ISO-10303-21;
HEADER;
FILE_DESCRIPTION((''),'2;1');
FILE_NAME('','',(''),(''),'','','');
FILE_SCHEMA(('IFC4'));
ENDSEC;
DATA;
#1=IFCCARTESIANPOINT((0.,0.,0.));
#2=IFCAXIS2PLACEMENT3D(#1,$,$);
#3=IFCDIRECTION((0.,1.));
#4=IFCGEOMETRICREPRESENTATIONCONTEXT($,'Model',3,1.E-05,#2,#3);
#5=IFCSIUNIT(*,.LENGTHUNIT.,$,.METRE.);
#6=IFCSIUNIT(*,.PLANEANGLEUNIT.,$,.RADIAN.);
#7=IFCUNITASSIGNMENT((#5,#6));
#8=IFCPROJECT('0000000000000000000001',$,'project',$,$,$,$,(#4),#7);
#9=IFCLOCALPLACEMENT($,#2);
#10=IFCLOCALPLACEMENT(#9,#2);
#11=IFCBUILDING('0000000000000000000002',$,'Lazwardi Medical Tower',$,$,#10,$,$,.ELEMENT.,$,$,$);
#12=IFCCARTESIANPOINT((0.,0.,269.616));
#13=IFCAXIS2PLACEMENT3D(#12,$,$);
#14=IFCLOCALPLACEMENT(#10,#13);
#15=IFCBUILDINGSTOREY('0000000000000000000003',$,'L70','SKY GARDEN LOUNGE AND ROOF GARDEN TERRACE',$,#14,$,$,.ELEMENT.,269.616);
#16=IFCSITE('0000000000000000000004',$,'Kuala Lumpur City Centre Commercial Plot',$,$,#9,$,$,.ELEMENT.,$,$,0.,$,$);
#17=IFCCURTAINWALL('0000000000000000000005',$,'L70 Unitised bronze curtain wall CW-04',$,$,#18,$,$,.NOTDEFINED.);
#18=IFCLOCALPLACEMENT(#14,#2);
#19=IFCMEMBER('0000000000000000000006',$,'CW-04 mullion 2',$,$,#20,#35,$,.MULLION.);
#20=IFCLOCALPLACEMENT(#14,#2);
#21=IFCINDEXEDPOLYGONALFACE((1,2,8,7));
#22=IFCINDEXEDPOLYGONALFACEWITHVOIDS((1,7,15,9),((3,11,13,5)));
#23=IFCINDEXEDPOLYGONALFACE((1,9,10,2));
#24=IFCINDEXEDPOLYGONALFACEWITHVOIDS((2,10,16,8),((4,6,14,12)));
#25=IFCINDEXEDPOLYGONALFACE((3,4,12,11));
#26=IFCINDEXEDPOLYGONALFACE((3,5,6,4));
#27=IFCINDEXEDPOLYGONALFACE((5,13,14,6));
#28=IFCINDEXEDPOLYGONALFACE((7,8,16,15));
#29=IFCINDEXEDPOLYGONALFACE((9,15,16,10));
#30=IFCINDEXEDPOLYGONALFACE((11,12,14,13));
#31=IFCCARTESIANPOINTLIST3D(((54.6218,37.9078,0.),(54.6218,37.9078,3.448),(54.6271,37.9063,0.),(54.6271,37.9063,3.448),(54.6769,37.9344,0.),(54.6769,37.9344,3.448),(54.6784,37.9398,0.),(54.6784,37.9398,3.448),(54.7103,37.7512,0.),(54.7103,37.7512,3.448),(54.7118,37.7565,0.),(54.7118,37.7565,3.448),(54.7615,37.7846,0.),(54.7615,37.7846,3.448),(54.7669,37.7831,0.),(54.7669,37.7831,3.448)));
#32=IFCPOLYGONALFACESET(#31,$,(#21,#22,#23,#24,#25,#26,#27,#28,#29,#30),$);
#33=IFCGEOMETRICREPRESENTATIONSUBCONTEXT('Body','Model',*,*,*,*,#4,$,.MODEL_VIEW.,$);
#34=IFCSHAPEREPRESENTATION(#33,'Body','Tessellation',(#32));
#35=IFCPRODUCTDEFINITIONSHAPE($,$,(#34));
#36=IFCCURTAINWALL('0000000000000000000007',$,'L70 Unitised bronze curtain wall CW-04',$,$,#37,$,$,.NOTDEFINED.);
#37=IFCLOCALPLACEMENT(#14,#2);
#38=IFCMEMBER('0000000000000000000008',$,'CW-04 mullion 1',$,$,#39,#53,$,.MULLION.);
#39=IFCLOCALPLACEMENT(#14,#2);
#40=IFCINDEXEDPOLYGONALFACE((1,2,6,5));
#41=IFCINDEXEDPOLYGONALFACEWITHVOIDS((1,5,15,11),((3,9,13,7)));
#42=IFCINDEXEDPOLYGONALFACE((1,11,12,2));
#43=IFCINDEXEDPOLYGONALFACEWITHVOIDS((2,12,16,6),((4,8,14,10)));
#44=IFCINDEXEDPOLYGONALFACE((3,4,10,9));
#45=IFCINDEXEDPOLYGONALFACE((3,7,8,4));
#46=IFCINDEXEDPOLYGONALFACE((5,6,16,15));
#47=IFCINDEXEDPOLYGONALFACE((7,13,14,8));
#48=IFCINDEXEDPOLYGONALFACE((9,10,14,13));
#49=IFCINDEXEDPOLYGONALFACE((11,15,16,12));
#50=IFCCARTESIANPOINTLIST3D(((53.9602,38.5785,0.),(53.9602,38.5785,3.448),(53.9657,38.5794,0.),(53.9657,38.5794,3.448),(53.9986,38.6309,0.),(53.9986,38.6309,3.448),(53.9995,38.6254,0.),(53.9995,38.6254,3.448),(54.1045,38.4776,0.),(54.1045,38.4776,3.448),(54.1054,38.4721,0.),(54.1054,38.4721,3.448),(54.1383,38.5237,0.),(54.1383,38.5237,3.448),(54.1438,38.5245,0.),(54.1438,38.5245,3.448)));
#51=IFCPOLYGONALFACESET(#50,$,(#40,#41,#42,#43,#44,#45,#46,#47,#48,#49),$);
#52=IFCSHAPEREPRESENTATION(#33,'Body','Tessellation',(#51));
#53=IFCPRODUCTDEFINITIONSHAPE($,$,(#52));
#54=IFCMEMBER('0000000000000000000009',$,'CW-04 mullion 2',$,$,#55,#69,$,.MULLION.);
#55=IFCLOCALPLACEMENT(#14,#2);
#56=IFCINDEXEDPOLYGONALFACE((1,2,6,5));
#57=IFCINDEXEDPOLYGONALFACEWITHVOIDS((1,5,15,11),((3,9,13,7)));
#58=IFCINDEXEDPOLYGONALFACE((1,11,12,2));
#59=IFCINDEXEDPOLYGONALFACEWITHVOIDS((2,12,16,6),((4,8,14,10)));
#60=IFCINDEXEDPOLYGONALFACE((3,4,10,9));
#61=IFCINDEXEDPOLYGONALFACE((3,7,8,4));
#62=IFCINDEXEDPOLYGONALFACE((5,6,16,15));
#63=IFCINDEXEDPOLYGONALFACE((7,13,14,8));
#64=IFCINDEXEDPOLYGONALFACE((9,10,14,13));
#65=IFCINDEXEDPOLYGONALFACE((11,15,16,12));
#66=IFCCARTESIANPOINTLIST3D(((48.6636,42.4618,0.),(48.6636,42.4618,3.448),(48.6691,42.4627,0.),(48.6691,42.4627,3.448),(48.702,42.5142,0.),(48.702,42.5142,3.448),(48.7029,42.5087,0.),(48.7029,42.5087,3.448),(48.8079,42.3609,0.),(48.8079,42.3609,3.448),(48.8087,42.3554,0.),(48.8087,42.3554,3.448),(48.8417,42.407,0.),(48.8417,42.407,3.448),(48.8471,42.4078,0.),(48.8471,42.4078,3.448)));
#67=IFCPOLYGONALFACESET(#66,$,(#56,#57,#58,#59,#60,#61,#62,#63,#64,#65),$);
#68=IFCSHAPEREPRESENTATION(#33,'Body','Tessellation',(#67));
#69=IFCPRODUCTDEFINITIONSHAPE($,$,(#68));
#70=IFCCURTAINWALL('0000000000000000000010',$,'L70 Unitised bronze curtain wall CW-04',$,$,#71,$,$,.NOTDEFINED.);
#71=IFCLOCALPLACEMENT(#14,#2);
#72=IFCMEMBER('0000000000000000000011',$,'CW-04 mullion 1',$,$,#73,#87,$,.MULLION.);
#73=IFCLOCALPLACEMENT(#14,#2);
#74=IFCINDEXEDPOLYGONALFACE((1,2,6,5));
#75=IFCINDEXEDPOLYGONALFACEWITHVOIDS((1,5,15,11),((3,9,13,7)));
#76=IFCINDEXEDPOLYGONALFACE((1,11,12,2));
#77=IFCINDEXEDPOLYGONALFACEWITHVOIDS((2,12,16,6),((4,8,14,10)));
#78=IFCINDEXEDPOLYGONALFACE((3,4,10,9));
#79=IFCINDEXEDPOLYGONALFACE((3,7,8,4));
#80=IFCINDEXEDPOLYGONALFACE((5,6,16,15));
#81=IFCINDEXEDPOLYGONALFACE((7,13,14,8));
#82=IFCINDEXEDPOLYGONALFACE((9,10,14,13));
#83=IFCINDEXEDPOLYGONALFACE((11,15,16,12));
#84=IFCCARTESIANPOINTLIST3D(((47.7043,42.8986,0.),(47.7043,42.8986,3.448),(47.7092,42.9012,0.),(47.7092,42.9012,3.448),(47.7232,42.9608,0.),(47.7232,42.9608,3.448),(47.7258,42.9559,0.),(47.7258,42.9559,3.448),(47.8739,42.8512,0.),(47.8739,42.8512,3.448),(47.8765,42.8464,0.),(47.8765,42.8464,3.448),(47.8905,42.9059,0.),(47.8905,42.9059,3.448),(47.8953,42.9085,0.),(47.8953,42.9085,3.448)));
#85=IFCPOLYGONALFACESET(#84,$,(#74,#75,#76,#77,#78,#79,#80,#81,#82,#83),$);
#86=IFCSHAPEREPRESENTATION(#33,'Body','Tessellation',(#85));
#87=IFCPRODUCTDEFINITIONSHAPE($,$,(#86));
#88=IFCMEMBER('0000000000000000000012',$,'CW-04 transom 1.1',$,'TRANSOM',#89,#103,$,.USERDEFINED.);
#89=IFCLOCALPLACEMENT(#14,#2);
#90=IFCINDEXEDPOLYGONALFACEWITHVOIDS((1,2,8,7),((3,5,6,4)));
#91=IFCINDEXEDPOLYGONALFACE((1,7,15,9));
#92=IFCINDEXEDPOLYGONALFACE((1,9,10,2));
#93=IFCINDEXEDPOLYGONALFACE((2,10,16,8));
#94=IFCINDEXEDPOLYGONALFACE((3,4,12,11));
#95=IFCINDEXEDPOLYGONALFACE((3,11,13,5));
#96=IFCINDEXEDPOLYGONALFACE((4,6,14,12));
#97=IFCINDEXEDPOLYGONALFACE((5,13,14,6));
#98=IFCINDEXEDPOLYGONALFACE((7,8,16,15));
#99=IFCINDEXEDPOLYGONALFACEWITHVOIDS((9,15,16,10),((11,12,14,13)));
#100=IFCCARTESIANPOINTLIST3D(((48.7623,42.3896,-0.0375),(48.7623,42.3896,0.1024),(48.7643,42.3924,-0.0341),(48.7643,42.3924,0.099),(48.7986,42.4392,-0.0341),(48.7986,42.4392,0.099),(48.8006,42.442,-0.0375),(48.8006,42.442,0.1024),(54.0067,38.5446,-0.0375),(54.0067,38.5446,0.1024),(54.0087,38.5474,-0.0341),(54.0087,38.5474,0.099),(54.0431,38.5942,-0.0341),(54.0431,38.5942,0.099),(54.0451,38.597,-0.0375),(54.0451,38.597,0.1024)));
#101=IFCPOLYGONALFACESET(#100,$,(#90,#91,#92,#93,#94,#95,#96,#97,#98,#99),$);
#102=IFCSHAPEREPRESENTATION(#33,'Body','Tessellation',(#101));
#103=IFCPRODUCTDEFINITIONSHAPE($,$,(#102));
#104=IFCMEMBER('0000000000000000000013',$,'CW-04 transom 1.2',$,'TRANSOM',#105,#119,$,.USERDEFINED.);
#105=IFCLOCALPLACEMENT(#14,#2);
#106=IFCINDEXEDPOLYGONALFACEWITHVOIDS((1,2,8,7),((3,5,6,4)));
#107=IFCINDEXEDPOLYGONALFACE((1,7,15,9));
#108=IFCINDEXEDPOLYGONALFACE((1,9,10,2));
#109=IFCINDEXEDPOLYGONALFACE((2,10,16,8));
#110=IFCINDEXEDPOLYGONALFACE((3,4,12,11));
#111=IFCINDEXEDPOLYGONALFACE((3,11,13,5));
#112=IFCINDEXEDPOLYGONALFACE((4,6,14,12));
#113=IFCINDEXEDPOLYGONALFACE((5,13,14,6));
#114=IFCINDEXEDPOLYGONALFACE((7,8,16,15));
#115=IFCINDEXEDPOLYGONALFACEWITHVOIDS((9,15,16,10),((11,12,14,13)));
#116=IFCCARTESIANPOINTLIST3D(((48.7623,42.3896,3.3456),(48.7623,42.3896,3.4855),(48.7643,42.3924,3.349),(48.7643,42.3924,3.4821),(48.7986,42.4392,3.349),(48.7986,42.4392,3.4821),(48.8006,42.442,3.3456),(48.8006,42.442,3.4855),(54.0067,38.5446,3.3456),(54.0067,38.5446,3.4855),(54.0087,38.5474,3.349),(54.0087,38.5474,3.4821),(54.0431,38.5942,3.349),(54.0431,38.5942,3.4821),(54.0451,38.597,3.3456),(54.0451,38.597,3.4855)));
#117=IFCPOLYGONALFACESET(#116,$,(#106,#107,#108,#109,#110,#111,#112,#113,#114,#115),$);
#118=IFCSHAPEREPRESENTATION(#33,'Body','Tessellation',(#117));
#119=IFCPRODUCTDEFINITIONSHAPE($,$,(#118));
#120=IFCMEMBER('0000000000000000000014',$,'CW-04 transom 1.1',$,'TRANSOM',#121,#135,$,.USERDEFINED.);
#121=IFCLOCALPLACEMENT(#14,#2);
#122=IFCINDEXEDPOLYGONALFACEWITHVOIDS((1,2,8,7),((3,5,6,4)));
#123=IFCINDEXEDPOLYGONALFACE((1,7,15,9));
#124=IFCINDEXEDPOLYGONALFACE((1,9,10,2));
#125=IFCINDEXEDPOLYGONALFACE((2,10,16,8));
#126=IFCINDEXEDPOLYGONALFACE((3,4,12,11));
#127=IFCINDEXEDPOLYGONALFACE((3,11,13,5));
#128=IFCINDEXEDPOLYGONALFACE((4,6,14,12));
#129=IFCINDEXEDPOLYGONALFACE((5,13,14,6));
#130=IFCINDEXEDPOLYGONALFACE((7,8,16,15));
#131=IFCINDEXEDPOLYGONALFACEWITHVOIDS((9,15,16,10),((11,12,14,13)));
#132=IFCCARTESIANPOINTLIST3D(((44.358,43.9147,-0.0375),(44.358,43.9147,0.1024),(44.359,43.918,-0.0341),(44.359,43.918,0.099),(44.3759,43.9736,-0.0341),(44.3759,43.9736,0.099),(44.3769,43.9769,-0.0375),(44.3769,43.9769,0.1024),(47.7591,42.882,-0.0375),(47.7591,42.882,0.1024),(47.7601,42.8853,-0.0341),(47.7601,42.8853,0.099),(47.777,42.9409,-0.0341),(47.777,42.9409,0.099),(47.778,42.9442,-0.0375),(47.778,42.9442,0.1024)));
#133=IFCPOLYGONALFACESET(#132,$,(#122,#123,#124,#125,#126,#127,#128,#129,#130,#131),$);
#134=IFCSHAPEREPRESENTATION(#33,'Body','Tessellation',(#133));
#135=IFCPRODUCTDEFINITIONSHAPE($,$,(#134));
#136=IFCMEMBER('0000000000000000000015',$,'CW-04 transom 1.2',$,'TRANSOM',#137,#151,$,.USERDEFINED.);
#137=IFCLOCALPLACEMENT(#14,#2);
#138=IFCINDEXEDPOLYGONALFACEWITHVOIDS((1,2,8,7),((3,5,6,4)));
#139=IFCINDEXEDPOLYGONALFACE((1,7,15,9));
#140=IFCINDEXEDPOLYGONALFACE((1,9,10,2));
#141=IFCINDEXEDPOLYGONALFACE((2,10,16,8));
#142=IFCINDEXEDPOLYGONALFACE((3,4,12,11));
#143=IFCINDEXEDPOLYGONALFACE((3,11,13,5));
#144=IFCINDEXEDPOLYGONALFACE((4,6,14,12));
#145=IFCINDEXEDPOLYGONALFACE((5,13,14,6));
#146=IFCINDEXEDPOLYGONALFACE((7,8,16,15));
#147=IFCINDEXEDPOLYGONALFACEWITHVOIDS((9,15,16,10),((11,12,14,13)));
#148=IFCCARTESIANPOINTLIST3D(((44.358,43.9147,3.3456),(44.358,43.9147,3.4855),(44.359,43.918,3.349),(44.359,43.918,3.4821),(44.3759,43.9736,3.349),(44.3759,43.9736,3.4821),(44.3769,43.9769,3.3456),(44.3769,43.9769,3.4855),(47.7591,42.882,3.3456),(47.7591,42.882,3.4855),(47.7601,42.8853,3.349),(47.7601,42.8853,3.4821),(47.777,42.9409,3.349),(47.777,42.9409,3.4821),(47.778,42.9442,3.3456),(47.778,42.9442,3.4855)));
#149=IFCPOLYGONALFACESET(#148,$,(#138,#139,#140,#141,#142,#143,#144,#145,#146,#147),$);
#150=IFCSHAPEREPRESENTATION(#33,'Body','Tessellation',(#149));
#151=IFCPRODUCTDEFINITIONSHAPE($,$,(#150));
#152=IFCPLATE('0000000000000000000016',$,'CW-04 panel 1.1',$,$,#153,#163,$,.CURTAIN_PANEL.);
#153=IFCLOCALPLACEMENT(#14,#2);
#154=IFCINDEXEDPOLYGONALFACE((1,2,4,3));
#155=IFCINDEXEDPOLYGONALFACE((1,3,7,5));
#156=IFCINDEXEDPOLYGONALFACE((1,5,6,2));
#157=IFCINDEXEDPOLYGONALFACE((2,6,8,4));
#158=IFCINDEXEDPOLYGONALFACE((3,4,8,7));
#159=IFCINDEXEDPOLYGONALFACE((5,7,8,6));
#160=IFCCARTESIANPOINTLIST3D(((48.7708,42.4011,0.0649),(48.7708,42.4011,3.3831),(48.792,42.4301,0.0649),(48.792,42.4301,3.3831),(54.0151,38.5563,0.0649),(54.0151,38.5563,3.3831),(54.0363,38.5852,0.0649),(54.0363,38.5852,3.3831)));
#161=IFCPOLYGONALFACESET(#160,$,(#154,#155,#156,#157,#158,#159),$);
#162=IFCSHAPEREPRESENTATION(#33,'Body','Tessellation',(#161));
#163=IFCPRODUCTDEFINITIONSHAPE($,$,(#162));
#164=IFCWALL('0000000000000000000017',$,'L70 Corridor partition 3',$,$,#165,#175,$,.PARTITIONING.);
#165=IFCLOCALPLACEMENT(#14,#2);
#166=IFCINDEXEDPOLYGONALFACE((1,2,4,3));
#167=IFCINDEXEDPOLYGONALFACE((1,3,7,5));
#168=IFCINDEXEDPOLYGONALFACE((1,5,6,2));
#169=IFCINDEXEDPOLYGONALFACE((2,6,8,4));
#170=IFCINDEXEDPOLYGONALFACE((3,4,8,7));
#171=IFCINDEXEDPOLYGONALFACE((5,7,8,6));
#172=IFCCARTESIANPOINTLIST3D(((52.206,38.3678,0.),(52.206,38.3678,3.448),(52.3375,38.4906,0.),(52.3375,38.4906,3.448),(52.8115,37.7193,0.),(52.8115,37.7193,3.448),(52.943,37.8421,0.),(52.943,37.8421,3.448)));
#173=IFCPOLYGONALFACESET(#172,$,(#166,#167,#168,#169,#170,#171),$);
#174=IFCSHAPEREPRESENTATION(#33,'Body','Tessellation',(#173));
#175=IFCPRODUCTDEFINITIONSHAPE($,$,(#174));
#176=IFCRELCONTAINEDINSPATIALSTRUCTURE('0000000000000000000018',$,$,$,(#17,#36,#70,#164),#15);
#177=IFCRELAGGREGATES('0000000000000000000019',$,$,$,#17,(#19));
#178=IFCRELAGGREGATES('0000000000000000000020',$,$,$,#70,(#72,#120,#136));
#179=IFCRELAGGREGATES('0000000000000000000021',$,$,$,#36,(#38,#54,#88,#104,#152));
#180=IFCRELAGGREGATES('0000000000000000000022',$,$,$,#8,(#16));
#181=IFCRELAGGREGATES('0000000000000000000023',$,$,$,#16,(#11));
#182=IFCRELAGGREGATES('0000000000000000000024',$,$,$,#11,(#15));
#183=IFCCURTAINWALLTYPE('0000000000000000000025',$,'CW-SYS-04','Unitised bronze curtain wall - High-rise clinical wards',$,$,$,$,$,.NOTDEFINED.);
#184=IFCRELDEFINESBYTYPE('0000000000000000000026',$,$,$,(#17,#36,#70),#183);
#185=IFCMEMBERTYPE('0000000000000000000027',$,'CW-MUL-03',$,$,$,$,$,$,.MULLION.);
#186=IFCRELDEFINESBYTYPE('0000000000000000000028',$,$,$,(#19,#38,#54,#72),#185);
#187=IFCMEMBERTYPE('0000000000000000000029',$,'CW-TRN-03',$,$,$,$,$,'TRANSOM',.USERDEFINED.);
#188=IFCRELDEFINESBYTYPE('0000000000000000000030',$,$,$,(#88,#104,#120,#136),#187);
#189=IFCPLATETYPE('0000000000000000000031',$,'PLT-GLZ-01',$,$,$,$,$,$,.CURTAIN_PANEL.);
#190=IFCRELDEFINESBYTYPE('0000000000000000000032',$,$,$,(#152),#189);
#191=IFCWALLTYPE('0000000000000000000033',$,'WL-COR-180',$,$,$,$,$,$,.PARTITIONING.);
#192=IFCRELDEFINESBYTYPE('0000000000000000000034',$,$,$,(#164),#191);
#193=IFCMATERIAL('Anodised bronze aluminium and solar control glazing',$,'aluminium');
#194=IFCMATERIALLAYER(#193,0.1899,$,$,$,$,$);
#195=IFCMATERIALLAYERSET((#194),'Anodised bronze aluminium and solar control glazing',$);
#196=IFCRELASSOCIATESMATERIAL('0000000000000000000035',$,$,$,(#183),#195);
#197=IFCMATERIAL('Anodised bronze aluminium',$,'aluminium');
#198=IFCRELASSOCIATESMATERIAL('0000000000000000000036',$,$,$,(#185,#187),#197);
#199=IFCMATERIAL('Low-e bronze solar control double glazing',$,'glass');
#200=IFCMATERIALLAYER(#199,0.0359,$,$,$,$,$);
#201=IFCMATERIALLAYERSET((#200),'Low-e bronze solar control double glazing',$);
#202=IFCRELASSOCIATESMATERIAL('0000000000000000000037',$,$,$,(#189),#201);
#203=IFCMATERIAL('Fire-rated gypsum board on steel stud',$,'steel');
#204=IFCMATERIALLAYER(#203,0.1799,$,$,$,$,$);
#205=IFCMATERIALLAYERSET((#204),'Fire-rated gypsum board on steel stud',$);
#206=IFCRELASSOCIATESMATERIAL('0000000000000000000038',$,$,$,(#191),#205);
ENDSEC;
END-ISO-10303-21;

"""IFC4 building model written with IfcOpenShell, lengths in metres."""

from ifc_helpers import new_model, si_unit, direction, frame, frame_2d, origin, origin_2d, place, context, subcontext, project, spatial, rectangle, hollow_rectangle, extrude, material, layer, layer_set, material_profile, profile_set, type_object, element, aggregate, save


model = new_model("IFC4")

# Units and contexts
model_context = context("Model", 3, precision=1e-05, world=origin(), true_north=direction((0.0, 1.0)))
body_context = subcontext(model_context, "Body", "Model", "MODEL_VIEW")
ifc_project = project(units=[si_unit("LENGTHUNIT", "METRE"), si_unit("PLANEANGLEUNIT", "RADIAN")], contexts=[model_context])

# Site, building, storey
site_placement = place(None, origin())
site = spatial("IfcSite", under=ifc_project, at=site_placement, Name="Kuala Lumpur City Centre Commercial Plot", CompositionType="ELEMENT", RefElevation=0.0)
building_placement = place(site_placement, origin())
building = spatial("IfcBuilding", under=site, at=building_placement, Name="Lazwardi Medical Tower", CompositionType="ELEMENT")
storey_placement = place(building_placement, frame((0.0, 0.0, 269.616)))
storey = spatial("IfcBuildingStorey", under=building, at=storey_placement, Name="L70", Description="SKY GARDEN LOUNGE AND ROOF GARDEN TERRACE", CompositionType="ELEMENT", Elevation=269.616)

# Curtain wall, member
ifc_material_1 = material(Name="Anodised bronze aluminium and solar control glazing", Category="aluminium")
ifc_layer_1 = layer(ifc_material_1, 0.1899)
ifc_layer_set_1 = layer_set([ifc_layer_1], Name="Anodised bronze aluminium and solar control glazing")
curtain_wall_type = type_object("IfcCurtainWallType", Name="CW-SYS-04", Description="Unitised bronze curtain wall - High-rise clinical wards", PredefinedType="NOTDEFINED", material=ifc_layer_set_1)
curtain_wall_1_placement = place(storey_placement, origin())
curtain_wall_1 = element("IfcCurtainWall", 1, at=curtain_wall_1_placement, inside=storey, type_object=curtain_wall_type, Name="L70 Unitised bronze curtain wall CW-04", PredefinedType="NOTDEFINED")
ifc_material_2 = material(Name="Anodised bronze aluminium", Category="aluminium")
ifc_material_profile_1 = material_profile(ifc_material_2, hollow_rectangle(XDim=0.0649, YDim=0.1799, WallThickness=0.0039, at=origin_2d()), Name="ALU-MULLION 180x65x4")
ifc_profile_set_1 = profile_set([ifc_material_profile_1], Name="Anodised bronze aluminium")
member_type_1 = type_object("IfcMemberType", Name="CW-MUL-03", PredefinedType="MULLION", material=ifc_profile_set_1)
member_1_placement = place(storey_placement, frame((54.6943, 37.8455, 0.0), z_axis=(0.0, 0.0, 1.0), x_axis=(-0.870651, -0.4919, 0.0)))
member_1 = element("IfcMember", 2, at=member_1_placement, type_object=member_type_1, Name="CW-04 mullion 2", PredefinedType="MULLION", context=body_context, shape_type="SweptSolid", body=[
    extrude(hollow_rectangle(XDim=0.0649, YDim=0.1799, WallThickness=0.0039, at=origin_2d()), origin(), (0.0, 0.0, 1.0), 3.448),
])
aggregate(curtain_wall_1, [member_1])

# Curtain wall, members
curtain_wall_2_placement = place(storey_placement, origin())
curtain_wall_2 = element("IfcCurtainWall", 3, at=curtain_wall_2_placement, inside=storey, type_object=curtain_wall_type, Name="L70 Unitised bronze curtain wall CW-04", PredefinedType="NOTDEFINED")
member_2_placement = place(storey_placement, frame((54.052, 38.5515, 0.0), z_axis=(0.0, 0.0, 1.0), x_axis=(-0.591268, -0.806475, 0.0)))
member_2 = element("IfcMember", 4, at=member_2_placement, type_object=member_type_1, Name="CW-04 mullion 1", PredefinedType="MULLION", context=body_context, shape_type="SweptSolid", body=[
    extrude(hollow_rectangle(XDim=0.0649, YDim=0.1799, WallThickness=0.0039, at=origin_2d()), origin(), (0.0, 0.0, 1.0), 3.448),
])
member_3_placement = place(storey_placement, frame((48.7554, 42.4348, 0.0), z_axis=(0.0, 0.0, 1.0), x_axis=(-0.591268, -0.806475, 0.0)))
member_3 = element("IfcMember", 5, at=member_3_placement, type_object=member_type_1, Name="CW-04 mullion 2", PredefinedType="MULLION", context=body_context, shape_type="SweptSolid", body=[
    extrude(hollow_rectangle(XDim=0.0649, YDim=0.1799, WallThickness=0.0039, at=origin_2d()), origin(), (0.0, 0.0, 1.0), 3.448),
])

# Curtain wall, member
curtain_wall_3_placement = place(storey_placement, origin())
curtain_wall_3 = element("IfcCurtainWall", 6, at=curtain_wall_3_placement, inside=storey, type_object=curtain_wall_type, Name="L70 Unitised bronze curtain wall CW-04", PredefinedType="NOTDEFINED")
member_4_placement = place(storey_placement, frame((47.7998, 42.9036, 0.0), z_axis=(0.0, 0.0, 1.0), x_axis=(-0.290582, -0.95685, 0.0)))
member_4 = element("IfcMember", 7, at=member_4_placement, type_object=member_type_1, Name="CW-04 mullion 1", PredefinedType="MULLION", context=body_context, shape_type="SweptSolid", body=[
    extrude(hollow_rectangle(XDim=0.0649, YDim=0.1799, WallThickness=0.0039, at=origin_2d()), origin(), (0.0, 0.0, 1.0), 3.448),
])

# Members
ifc_material_profile_2 = material_profile(ifc_material_2, hollow_rectangle(XDim=0.0649, YDim=0.1399, WallThickness=0.0034, at=origin_2d()), Name="ALU-TRANSOM 140x65x3.5")
ifc_profile_set_2 = profile_set([ifc_material_profile_2], Name="Anodised bronze aluminium")
member_type_2 = type_object("IfcMemberType", Name="CW-TRN-03", ElementType="TRANSOM", PredefinedType="USERDEFINED", material=ifc_profile_set_2)
member_5_placement = place(storey_placement, frame((54.0259, 38.5708, 0.0325), z_axis=(-0.806472, 0.591273, 0.0), x_axis=(-0.591273, -0.806472, 0.0)))
member_5 = element("IfcMember", 8, at=member_5_placement, type_object=member_type_2, Name="CW-04 transom 1.1", ObjectType="TRANSOM", PredefinedType="USERDEFINED", context=body_context, shape_type="SweptSolid", body=[
    extrude(hollow_rectangle(XDim=0.0649, YDim=0.1399, WallThickness=0.0034, at=origin_2d()), origin(), (0.0, 0.0, 1.0), 6.5029),
])
member_6_placement = place(storey_placement, frame((54.0259, 38.5708, 3.4155), z_axis=(-0.806472, 0.591273, 0.0), x_axis=(-0.591273, -0.806472, 0.0)))
member_6 = element("IfcMember", 9, at=member_6_placement, type_object=member_type_2, Name="CW-04 transom 1.2", ObjectType="TRANSOM", PredefinedType="USERDEFINED", context=body_context, shape_type="SweptSolid", body=[
    extrude(hollow_rectangle(XDim=0.0649, YDim=0.1399, WallThickness=0.0034, at=origin_2d()), origin(), (0.0, 0.0, 1.0), 6.5029),
])
member_7_placement = place(storey_placement, frame((47.7686, 42.9131, 0.0325), z_axis=(-0.956863, 0.290541, 0.0), x_axis=(-0.290541, -0.956863, 0.0)))
member_7 = element("IfcMember", 10, at=member_7_placement, type_object=member_type_2, Name="CW-04 transom 1.1", ObjectType="TRANSOM", PredefinedType="USERDEFINED", context=body_context, shape_type="SweptSolid", body=[
    extrude(hollow_rectangle(XDim=0.0649, YDim=0.1399, WallThickness=0.0034, at=origin_2d()), origin(), (0.0, 0.0, 1.0), 3.5544),
])
member_8_placement = place(storey_placement, frame((47.7686, 42.9131, 3.4155), z_axis=(-0.956863, 0.290541, 0.0), x_axis=(-0.290541, -0.956863, 0.0)))
member_8 = element("IfcMember", 11, at=member_8_placement, type_object=member_type_2, Name="CW-04 transom 1.2", ObjectType="TRANSOM", PredefinedType="USERDEFINED", context=body_context, shape_type="SweptSolid", body=[
    extrude(hollow_rectangle(XDim=0.0649, YDim=0.1399, WallThickness=0.0034, at=origin_2d()), origin(), (0.0, 0.0, 1.0), 3.5544),
])
aggregate(curtain_wall_3, [member_4, member_7, member_8])

# Plate
ifc_material_3 = material(Name="Low-e bronze solar control double glazing", Category="glass")
ifc_layer_2 = layer(ifc_material_3, 0.0359)
ifc_layer_set_2 = layer_set([ifc_layer_2], Name="Low-e bronze solar control double glazing")
plate_type = type_object("IfcPlateType", Name="PLT-GLZ-01", PredefinedType="CURTAIN_PANEL", material=ifc_layer_set_2)
plate_placement = place(storey_placement, frame((51.4036, 40.4932, 0.0649), z_axis=(0.0, 0.0, 1.0), x_axis=(-0.806475, 0.591268, 0.0)))
plate = element("IfcPlate", 12, at=plate_placement, type_object=plate_type, Name="CW-04 panel 1.1", PredefinedType="CURTAIN_PANEL", context=body_context, shape_type="SweptSolid", body=[
    extrude(rectangle(XDim=6.5027, YDim=0.0359, at=origin_2d()), origin(), (0.0, 0.0, 1.0), 3.3181),
])
aggregate(curtain_wall_2, [member_2, member_3, member_5, member_6, plate])

# Wall
ifc_material_4 = material(Name="Fire-rated gypsum board on steel stud", Category="steel")
ifc_layer_3 = layer(ifc_material_4, 0.1799)
ifc_layer_set_3 = layer_set([ifc_layer_3], Name="Fire-rated gypsum board on steel stud")
wall_type = type_object("IfcWallType", Name="WL-COR-180", PredefinedType="PARTITIONING", material=ifc_layer_set_3)
wall_1_placement = place(storey_placement, frame((52.2717, 38.4292, 0.0), z_axis=(0.0, 0.0, 1.0), x_axis=(0.682475, -0.730909, 0.0)))
element("IfcWall", 13, at=wall_1_placement, inside=storey, type_object=wall_type, Name="L70 Corridor partition 3", PredefinedType="PARTITIONING", context=body_context, shape_type="SweptSolid", body=[
    extrude(rectangle(XDim=0.8872, YDim=0.1799, at=frame_2d((0.4436, 0.0))), origin(), (0.0, 0.0, 1.0), 3.448),
])

save(model, "model.ifc")
